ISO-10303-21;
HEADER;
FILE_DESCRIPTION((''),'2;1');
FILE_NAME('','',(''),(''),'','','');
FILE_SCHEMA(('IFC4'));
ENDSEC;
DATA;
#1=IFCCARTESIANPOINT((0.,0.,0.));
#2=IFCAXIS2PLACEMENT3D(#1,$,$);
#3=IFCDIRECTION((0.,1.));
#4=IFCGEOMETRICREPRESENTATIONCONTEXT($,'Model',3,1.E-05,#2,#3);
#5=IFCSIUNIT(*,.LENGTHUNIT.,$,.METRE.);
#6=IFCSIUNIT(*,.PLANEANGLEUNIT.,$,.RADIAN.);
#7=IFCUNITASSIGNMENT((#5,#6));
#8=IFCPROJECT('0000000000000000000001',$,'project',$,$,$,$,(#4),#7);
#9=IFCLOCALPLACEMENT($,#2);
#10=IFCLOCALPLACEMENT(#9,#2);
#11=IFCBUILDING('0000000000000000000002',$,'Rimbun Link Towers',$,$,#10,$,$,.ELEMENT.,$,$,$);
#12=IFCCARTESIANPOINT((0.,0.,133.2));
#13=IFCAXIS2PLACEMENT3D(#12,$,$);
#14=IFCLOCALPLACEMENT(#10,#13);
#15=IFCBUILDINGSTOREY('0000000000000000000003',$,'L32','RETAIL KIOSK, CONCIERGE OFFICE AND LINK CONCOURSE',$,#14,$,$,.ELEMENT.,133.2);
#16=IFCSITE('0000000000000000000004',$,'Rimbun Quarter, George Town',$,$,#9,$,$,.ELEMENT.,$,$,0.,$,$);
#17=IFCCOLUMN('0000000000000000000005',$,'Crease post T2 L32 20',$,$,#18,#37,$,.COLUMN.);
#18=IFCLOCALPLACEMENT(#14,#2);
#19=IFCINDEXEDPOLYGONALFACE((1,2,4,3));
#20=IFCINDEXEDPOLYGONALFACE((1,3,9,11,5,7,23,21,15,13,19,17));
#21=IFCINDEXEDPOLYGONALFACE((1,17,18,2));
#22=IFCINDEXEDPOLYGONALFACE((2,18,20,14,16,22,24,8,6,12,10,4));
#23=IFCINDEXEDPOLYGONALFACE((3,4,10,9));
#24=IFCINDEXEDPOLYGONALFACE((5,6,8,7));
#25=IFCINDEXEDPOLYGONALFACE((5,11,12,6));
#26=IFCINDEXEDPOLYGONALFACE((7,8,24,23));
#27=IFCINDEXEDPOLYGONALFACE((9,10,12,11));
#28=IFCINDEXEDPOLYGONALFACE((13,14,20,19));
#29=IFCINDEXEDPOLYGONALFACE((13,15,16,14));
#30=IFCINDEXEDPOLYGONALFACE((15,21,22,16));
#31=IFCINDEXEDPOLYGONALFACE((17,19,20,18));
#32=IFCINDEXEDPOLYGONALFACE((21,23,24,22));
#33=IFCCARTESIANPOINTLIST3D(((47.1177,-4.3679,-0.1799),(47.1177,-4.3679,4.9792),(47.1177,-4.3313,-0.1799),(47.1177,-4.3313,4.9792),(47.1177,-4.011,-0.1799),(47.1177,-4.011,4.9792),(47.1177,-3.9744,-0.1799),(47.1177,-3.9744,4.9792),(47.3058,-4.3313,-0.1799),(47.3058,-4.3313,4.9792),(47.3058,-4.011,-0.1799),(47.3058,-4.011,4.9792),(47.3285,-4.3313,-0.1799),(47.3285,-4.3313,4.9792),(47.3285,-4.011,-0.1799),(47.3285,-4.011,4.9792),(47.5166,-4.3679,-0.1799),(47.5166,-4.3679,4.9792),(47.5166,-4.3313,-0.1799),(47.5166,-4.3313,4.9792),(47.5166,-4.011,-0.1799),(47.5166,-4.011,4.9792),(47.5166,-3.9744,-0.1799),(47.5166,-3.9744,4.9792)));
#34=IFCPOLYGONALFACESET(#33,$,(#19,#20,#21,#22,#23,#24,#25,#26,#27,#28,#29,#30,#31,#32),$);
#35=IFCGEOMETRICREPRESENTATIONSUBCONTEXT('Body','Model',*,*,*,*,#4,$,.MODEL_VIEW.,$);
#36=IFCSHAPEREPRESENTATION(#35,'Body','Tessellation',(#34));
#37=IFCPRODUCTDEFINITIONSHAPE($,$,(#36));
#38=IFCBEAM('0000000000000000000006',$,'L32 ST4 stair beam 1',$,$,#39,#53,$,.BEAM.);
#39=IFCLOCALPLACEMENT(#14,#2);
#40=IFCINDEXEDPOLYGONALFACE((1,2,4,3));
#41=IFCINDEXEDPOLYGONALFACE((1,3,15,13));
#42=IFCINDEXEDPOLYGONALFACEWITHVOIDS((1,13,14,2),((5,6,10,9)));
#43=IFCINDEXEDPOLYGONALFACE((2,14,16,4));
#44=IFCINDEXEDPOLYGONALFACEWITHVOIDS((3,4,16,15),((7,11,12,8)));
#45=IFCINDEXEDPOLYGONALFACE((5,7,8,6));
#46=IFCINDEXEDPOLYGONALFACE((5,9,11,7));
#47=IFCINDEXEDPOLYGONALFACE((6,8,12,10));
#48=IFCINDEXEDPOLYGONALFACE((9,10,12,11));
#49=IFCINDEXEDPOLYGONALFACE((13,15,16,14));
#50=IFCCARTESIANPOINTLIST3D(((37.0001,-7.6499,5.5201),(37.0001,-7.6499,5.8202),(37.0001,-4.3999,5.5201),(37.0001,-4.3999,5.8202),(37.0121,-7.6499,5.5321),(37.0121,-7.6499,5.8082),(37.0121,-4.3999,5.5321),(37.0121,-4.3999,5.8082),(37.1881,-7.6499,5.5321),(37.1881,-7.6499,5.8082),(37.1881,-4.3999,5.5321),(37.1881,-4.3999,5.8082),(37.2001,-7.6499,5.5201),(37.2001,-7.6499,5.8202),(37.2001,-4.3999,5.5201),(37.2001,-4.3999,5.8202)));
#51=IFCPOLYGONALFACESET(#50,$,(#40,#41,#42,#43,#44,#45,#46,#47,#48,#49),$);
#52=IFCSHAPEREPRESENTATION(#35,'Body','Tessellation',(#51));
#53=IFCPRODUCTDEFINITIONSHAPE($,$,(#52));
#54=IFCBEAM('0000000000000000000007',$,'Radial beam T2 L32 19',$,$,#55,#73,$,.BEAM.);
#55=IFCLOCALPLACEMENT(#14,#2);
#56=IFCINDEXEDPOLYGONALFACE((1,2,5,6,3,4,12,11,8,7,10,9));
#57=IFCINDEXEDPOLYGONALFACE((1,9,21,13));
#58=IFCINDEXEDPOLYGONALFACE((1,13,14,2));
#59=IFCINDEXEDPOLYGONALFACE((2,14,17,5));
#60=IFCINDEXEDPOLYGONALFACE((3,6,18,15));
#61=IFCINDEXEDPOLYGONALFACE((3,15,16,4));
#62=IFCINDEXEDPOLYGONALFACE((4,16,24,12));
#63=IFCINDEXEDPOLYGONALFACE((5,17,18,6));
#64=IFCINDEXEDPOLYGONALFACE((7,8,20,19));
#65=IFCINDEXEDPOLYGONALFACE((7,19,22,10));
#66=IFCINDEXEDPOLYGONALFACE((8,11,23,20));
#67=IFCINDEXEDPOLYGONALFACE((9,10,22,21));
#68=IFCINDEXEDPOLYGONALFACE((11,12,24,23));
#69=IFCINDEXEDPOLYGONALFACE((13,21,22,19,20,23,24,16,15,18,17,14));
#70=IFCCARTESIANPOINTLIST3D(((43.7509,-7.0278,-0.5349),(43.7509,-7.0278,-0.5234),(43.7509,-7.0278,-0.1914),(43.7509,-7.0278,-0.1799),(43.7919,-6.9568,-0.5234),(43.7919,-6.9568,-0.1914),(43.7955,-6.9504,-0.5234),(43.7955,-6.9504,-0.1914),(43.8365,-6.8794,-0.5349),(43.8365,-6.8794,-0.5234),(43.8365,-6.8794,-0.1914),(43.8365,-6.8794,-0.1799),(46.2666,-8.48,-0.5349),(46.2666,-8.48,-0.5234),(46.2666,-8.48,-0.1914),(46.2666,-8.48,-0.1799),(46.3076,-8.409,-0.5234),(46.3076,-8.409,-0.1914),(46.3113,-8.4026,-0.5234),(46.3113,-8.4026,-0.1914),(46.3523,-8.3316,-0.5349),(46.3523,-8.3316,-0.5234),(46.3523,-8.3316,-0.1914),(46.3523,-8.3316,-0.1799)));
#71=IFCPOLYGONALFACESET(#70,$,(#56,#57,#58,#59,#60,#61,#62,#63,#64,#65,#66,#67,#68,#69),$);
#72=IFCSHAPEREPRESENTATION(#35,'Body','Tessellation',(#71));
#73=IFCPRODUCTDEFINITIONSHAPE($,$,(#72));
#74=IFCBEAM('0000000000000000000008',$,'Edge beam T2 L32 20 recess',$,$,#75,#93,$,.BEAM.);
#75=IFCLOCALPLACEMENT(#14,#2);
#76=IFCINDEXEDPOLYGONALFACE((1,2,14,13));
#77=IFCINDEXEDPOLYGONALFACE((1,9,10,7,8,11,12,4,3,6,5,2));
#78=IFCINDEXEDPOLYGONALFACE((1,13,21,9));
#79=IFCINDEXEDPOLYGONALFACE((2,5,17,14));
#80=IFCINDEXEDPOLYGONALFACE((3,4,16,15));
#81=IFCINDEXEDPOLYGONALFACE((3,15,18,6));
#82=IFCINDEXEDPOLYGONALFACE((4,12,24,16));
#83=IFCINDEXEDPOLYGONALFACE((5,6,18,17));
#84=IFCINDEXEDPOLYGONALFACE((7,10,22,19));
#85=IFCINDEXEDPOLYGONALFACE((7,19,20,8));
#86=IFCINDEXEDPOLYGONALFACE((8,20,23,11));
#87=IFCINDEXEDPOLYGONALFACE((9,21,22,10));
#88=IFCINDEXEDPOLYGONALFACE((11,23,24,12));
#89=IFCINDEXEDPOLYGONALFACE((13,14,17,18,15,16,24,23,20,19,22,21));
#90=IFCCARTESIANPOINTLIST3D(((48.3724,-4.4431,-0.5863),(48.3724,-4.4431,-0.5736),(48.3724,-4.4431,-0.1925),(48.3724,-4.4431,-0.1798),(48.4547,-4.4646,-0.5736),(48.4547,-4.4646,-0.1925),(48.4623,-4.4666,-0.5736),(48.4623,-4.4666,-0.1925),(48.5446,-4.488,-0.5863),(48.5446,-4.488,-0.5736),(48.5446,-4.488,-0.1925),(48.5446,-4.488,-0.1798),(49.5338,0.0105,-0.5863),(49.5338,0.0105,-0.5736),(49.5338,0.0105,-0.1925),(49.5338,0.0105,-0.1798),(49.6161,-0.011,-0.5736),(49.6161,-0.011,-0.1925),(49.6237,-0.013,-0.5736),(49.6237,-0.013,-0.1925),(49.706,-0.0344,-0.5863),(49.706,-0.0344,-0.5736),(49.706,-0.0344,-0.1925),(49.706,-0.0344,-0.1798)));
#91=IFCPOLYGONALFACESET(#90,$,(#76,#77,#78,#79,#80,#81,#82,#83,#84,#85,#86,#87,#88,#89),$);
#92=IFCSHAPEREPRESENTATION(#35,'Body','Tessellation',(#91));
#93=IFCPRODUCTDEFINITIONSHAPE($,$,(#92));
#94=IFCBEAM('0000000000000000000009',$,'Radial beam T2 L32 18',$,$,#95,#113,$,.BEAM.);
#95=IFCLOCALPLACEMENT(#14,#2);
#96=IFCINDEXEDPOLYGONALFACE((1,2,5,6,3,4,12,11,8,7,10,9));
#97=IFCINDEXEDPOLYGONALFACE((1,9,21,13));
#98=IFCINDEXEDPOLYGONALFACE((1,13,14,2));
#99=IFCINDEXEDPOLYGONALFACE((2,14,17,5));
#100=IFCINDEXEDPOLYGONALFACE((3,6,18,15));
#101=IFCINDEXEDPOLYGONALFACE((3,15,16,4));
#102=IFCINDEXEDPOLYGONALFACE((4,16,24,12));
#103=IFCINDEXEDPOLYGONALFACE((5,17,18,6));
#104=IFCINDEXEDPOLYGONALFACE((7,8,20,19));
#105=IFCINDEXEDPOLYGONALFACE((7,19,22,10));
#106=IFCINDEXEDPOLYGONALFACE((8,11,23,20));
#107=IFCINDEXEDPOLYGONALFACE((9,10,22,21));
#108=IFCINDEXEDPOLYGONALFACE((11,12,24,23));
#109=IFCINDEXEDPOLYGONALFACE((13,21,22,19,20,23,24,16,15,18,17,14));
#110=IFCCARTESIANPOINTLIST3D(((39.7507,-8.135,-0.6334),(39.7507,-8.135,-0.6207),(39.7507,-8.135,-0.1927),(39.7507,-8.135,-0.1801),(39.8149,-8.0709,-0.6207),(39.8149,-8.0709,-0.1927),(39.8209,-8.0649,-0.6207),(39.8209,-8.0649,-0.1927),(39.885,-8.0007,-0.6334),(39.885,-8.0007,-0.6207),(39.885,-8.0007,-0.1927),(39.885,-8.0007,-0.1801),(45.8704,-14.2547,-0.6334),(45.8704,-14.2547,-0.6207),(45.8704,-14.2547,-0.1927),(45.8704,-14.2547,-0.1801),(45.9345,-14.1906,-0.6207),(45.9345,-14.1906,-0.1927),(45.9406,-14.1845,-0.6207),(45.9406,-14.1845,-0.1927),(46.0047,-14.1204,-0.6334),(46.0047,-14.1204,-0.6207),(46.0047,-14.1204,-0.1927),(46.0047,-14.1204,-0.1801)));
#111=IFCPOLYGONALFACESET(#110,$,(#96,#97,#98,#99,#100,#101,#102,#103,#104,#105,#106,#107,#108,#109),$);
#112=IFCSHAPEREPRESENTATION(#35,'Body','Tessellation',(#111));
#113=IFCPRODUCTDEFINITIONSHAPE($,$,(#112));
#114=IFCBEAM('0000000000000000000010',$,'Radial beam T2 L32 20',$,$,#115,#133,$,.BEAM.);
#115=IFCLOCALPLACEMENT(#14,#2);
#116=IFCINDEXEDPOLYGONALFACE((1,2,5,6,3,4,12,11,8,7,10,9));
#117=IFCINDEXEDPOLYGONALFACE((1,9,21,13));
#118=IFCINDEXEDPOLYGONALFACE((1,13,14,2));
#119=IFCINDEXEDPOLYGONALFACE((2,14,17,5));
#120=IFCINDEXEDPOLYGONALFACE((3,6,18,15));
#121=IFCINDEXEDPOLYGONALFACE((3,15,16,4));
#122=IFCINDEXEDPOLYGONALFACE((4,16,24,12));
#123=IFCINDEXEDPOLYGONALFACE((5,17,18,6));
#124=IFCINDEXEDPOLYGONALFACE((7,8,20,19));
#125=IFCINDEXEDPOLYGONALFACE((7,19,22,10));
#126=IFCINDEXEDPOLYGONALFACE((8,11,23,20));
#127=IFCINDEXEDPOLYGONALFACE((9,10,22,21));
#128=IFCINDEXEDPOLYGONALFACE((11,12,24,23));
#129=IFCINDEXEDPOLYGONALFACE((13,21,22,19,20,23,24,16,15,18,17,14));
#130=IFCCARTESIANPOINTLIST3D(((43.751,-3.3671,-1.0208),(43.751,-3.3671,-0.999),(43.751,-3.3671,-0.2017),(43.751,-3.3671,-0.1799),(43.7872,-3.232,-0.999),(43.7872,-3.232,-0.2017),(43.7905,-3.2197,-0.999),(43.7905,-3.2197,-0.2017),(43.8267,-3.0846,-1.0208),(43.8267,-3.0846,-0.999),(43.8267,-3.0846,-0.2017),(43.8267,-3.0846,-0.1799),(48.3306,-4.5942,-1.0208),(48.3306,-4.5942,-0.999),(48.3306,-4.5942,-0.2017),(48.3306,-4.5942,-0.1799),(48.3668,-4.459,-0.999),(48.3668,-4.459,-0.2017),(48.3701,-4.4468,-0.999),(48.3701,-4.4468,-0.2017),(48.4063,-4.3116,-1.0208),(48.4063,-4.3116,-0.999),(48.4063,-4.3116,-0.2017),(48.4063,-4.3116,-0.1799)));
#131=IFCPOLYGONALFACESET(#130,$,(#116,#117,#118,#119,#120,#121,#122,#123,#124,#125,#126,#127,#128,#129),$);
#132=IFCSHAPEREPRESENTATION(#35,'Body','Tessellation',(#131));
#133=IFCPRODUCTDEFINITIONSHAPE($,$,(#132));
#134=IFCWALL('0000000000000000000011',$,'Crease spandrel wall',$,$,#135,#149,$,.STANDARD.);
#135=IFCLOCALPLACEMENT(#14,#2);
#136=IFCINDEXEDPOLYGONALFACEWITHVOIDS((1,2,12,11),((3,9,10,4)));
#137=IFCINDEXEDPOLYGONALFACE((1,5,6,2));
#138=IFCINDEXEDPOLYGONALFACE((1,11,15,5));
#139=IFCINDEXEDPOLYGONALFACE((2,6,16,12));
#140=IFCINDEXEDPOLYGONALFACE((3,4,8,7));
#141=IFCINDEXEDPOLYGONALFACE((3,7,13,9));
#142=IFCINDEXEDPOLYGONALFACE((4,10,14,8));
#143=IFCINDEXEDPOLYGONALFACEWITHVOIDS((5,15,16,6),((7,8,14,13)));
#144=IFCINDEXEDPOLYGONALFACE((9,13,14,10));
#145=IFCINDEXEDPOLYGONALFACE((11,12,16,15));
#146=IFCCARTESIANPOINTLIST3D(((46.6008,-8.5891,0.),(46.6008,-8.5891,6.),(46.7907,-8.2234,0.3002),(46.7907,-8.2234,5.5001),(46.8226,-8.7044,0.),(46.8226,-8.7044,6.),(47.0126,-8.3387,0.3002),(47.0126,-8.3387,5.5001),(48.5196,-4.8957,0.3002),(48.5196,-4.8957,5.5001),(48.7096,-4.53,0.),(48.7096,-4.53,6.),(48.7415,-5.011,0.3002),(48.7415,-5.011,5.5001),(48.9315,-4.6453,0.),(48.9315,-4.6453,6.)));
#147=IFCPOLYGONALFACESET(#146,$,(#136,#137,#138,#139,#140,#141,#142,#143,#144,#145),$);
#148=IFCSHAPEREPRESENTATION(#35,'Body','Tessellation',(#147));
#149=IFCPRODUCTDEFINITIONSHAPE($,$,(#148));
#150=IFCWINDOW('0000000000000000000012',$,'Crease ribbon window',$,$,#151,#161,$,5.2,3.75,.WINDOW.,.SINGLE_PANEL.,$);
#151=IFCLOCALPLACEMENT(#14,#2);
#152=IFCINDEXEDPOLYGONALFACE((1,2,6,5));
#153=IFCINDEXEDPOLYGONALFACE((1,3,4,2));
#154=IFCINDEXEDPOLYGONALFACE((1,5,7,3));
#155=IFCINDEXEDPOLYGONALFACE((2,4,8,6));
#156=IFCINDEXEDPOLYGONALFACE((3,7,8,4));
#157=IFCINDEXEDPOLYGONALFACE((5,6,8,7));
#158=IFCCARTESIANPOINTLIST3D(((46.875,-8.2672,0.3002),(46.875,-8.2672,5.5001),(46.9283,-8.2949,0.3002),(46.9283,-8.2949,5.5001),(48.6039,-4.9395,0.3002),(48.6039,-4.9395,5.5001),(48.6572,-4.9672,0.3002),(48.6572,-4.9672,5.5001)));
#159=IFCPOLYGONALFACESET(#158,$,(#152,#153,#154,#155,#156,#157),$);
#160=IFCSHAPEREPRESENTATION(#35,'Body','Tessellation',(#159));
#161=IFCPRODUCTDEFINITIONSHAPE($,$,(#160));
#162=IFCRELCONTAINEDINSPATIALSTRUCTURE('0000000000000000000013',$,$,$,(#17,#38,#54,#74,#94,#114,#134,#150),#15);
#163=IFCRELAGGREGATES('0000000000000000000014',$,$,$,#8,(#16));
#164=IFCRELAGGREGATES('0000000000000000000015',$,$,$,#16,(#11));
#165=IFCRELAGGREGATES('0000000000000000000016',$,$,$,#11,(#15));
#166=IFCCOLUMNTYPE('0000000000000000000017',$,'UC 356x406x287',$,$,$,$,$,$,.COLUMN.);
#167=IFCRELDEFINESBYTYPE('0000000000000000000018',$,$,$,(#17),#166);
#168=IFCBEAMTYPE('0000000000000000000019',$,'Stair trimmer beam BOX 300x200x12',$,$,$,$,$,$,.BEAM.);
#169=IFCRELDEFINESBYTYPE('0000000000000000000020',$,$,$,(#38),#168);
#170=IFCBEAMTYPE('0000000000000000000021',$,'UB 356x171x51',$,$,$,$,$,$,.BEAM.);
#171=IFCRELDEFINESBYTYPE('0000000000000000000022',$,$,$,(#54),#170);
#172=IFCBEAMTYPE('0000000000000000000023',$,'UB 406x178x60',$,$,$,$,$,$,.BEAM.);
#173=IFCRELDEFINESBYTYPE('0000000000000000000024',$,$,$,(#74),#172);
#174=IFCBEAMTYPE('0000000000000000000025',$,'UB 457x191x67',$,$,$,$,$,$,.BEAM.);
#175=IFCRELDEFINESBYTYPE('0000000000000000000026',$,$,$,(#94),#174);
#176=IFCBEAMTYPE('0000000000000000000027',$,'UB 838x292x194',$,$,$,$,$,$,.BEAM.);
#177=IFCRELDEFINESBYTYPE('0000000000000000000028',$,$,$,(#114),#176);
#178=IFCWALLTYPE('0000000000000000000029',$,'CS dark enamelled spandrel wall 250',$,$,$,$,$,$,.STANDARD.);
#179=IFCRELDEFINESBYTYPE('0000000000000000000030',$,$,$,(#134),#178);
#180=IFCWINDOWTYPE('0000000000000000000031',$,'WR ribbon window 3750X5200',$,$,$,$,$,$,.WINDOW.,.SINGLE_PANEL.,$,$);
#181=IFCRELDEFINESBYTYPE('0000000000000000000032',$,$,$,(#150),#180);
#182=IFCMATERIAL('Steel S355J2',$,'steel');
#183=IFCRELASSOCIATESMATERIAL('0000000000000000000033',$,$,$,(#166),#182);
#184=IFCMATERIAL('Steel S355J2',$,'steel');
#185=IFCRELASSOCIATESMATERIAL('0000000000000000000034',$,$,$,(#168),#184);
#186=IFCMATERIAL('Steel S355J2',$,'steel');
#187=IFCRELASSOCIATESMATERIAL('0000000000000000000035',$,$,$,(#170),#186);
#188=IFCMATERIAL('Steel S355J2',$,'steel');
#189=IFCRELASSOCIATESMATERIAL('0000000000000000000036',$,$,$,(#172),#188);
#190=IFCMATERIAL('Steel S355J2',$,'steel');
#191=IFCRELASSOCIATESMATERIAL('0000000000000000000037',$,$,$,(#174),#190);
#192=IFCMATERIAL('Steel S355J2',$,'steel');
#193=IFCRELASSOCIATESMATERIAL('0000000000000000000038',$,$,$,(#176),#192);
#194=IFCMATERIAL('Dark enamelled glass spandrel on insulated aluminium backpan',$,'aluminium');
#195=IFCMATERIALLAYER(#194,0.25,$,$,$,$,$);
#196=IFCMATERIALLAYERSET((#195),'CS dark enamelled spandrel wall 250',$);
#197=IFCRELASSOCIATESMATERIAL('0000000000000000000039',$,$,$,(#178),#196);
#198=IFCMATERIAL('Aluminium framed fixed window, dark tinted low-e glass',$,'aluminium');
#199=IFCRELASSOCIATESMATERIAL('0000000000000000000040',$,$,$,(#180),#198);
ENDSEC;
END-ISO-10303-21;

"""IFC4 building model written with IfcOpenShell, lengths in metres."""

from ifc_helpers import new_model, si_unit, direction, frame, frame_2d, origin, origin_2d, place, context, subcontext, project, spatial, rectangle, hollow_rectangle, i_section, extrude, material, layer, layer_set, material_profile, profile_set, type_object, element, fill, save


model = new_model("IFC4")

# Units and contexts
model_context = context("Model", 3, precision=1e-05, world=origin(), true_north=direction((0.0, 1.0)))
body_context = subcontext(model_context, "Body", "Model", "MODEL_VIEW")
ifc_project = project(units=[si_unit("LENGTHUNIT", "METRE"), si_unit("PLANEANGLEUNIT", "RADIAN")], contexts=[model_context])

# Site, building, storey
site_placement = place(None, origin())
site = spatial("IfcSite", under=ifc_project, at=site_placement, Name="Rimbun Quarter, George Town", CompositionType="ELEMENT", RefElevation=0.0)
building_placement = place(site_placement, origin())
building = spatial("IfcBuilding", under=site, at=building_placement, Name="Rimbun Link Towers", CompositionType="ELEMENT")
storey_placement = place(building_placement, frame((0.0, 0.0, 133.2)))
storey = spatial("IfcBuildingStorey", under=building, at=storey_placement, Name="L32", Description="RETAIL KIOSK, CONCIERGE OFFICE AND LINK CONCOURSE", CompositionType="ELEMENT", Elevation=133.2)

# Column
ifc_material_1 = material(Name="Steel S355J2", Category="steel")
ifc_material_profile_1 = material_profile(ifc_material_1, i_section(OverallWidth=0.3989, OverallDepth=0.3936, WebThickness=0.0227, FlangeThickness=0.0366, at=origin_2d()), Name="UC 356x406x287")
ifc_profile_set_1 = profile_set([ifc_material_profile_1], Name="Steel S355J2")
column_type = type_object("IfcColumnType", Name="UC 356x406x287", PredefinedType="COLUMN", material=ifc_profile_set_1)
column_placement = place(storey_placement, frame((47.3171, -4.1711, -0.1799), z_axis=(0.0, 0.0, 1.0), x_axis=(1.0, 0.0, 0.0)))
element("IfcColumn", 1, at=column_placement, inside=storey, type_object=column_type, Name="Crease post T2 L32 20", PredefinedType="COLUMN", context=body_context, shape_type="SweptSolid", body=[
    extrude(i_section(OverallWidth=0.3989, OverallDepth=0.3936, WebThickness=0.0227, FlangeThickness=0.0366, at=origin_2d()), origin(), (0.0, 0.0, 1.0), 5.1592),
])

# Beams
ifc_material_2 = material(Name="Steel S355J2", Category="steel")
ifc_material_profile_2 = material_profile(ifc_material_2, hollow_rectangle(XDim=0.2, YDim=0.3, WallThickness=0.012, at=origin_2d()), Name="BOX 300x200x12")
ifc_profile_set_2 = profile_set([ifc_material_profile_2], Name="Steel S355J2")
beam_type_1 = type_object("IfcBeamType", Name="Stair trimmer beam BOX 300x200x12", PredefinedType="BEAM", material=ifc_profile_set_2)
beam_1_placement = place(storey_placement, frame((37.1001, -7.6499, 5.6702), z_axis=(0.0, 1.0, 0.0), x_axis=(-1.0, 0.0, 0.0)))
element("IfcBeam", 2, at=beam_1_placement, inside=storey, type_object=beam_type_1, Name="L32 ST4 stair beam 1", PredefinedType="BEAM", context=body_context, shape_type="SweptSolid", body=[
    extrude(hollow_rectangle(XDim=0.2, YDim=0.3, WallThickness=0.012, at=origin_2d()), origin(), (0.0, 0.0, 1.0), 3.25),
])
ifc_material_3 = material(Name="Steel S355J2", Category="steel")
ifc_material_profile_3 = material_profile(ifc_material_3, i_section(OverallWidth=0.1714, OverallDepth=0.355, WebThickness=0.0073, FlangeThickness=0.0115, at=origin_2d()), Name="UB 356x171x51")
ifc_profile_set_3 = profile_set([ifc_material_profile_3], Name="Steel S355J2")
beam_type_2 = type_object("IfcBeamType", Name="UB 356x171x51", PredefinedType="BEAM", material=ifc_profile_set_3)
beam_2_placement = place(storey_placement, frame((43.7937, -6.9536, -0.3574), z_axis=(0.866062, -0.499936, 0.0), x_axis=(0.499936, 0.866062, 0.0)))
element("IfcBeam", 3, at=beam_2_placement, inside=storey, type_object=beam_type_2, Name="Radial beam T2 L32 19", PredefinedType="BEAM", context=body_context, shape_type="SweptSolid", body=[
    extrude(i_section(OverallWidth=0.1714, OverallDepth=0.355, WebThickness=0.0073, FlangeThickness=0.0115, at=origin_2d()), origin(), (0.0, 0.0, 1.0), 2.9048),
])
ifc_material_4 = material(Name="Steel S355J2", Category="steel")
ifc_material_profile_4 = material_profile(ifc_material_4, i_section(OverallWidth=0.178, OverallDepth=0.4065, WebThickness=0.0078, FlangeThickness=0.0127, at=origin_2d()), Name="UB 406x178x60")
ifc_profile_set_4 = profile_set([ifc_material_profile_4], Name="Steel S355J2")
beam_type_3 = type_object("IfcBeamType", Name="UB 406x178x60", PredefinedType="BEAM", material=ifc_profile_set_4)
beam_3_placement = place(storey_placement, frame((48.4585, -4.4656, -0.3831), z_axis=(0.252333, 0.96764, 0.0), x_axis=(-0.96764, 0.252333, 0.0)))
element("IfcBeam", 4, at=beam_3_placement, inside=storey, type_object=beam_type_3, Name="Edge beam T2 L32 20 recess", PredefinedType="BEAM", context=body_context, shape_type="SweptSolid", body=[
    extrude(i_section(OverallWidth=0.178, OverallDepth=0.4065, WebThickness=0.0078, FlangeThickness=0.0127, at=origin_2d()), origin(), (0.0, 0.0, 1.0), 4.6025),
])
ifc_material_5 = material(Name="Steel S355J2", Category="steel")
ifc_material_profile_5 = material_profile(ifc_material_5, i_section(OverallWidth=0.1899, OverallDepth=0.4534, WebThickness=0.0085, FlangeThickness=0.0127, at=origin_2d()), Name="UB 457x191x67")
ifc_profile_set_5 = profile_set([ifc_material_profile_5], Name="Steel S355J2")
beam_type_4 = type_object("IfcBeamType", Name="UB 457x191x67", PredefinedType="BEAM", material=ifc_profile_set_5)
beam_4_placement = place(storey_placement, frame((39.8179, -8.0679, -0.4067), z_axis=(0.707107, -0.707107, 0.0), x_axis=(0.707107, 0.707107, 0.0)))
element("IfcBeam", 5, at=beam_4_placement, inside=storey, type_object=beam_type_4, Name="Radial beam T2 L32 18", PredefinedType="BEAM", context=body_context, shape_type="SweptSolid", body=[
    extrude(i_section(OverallWidth=0.1899, OverallDepth=0.4534, WebThickness=0.0085, FlangeThickness=0.0127, at=origin_2d()), origin(), (0.0, 0.0, 1.0), 8.6545),
])
ifc_material_6 = material(Name="Steel S355J2", Category="steel")
ifc_material_profile_6 = material_profile(ifc_material_6, i_section(OverallWidth=0.2925, OverallDepth=0.8408, WebThickness=0.0127, FlangeThickness=0.0217, at=origin_2d()), Name="UB 838x292x194")
ifc_profile_set_6 = profile_set([ifc_material_profile_6], Name="Steel S355J2")
beam_type_5 = type_object("IfcBeamType", Name="UB 838x292x194", PredefinedType="BEAM", material=ifc_profile_set_6)
beam_5_placement = place(storey_placement, frame((43.7888, -3.2258, -0.6003), z_axis=(0.965928, -0.25881, 0.0), x_axis=(0.25881, 0.965928, 0.0)))
element("IfcBeam", 6, at=beam_5_placement, inside=storey, type_object=beam_type_5, Name="Radial beam T2 L32 20", PredefinedType="BEAM", context=body_context, shape_type="SweptSolid", body=[
    extrude(i_section(OverallWidth=0.2925, OverallDepth=0.8408, WebThickness=0.0127, FlangeThickness=0.0217, at=origin_2d()), origin(), (0.0, 0.0, 1.0), 4.7412),
])

# Wall, opening, window
ifc_material_7 = material(Name="Dark enamelled glass spandrel on insulated aluminium backpan", Category="aluminium")
ifc_layer_1 = layer(ifc_material_7, 0.25)
ifc_layer_set_1 = layer_set([ifc_layer_1], Name="CS dark enamelled spandrel wall 250")
wall_type_1 = type_object("IfcWallType", Name="CS dark enamelled spandrel wall 250", PredefinedType="STANDARD", material=ifc_layer_set_1)
wall_1_placement = place(storey_placement, frame((48.8206, -4.5876, 0.0), z_axis=(0.0, 0.0, 1.0), x_axis=(-0.461037, -0.887381, 0.0)))
wall_1 = element("IfcWall", 7, at=wall_1_placement, inside=storey, type_object=wall_type_1, Name="Crease spandrel wall", PredefinedType="STANDARD", context=body_context, shape_type="SweptSolid", body=[
    extrude(rectangle(XDim=4.5742, YDim=0.25, at=frame_2d((2.2871, 0.0))), origin(), (0.0, 0.0, 1.0), 6.0),
])
opening_1_placement = place(wall_1_placement, frame((0.4121, 0.0, 0.3)))
opening_1 = element("IfcOpeningElement", 8, at=opening_1_placement, cuts=wall_1, PredefinedType="OPENING", context=body_context, shape_type="SweptSolid", body=[
    extrude(rectangle(XDim=3.75, YDim=5.2, at=frame_2d((1.875, 2.6001))), frame((0.0, 0.135, 0.0), z_axis=(0.0, -1.0, 0.0), x_axis=(1.0, 0.0, 0.0)), (0.0, 0.0, 1.0), 0.27),
])
ifc_material_8 = material(Name="Aluminium framed fixed window, dark tinted low-e glass", Category="aluminium")
window_type = type_object("IfcWindowType", Name="WR ribbon window 3750X5200", PartitioningType="SINGLE_PANEL", PredefinedType="WINDOW", material=ifc_material_8)
window_placement = place(opening_1_placement, origin())
window = element("IfcWindow", 9, at=window_placement, inside=storey, type_object=window_type, Name="Crease ribbon window", OverallHeight=5.2, OverallWidth=3.75, PartitioningType="SINGLE_PANEL", PredefinedType="WINDOW", context=body_context, shape_type="SweptSolid", body=[
    extrude(rectangle(XDim=3.75, YDim=5.2, at=frame_2d((1.875, 2.6001))), frame((0.0, 0.03, 0.0), z_axis=(0.0, -1.0, 0.0), x_axis=(1.0, 0.0, 0.0)), (0.0, 0.0, 1.0), 0.0601),
])
fill(opening_1, window)

save(model, "model.ifc")
